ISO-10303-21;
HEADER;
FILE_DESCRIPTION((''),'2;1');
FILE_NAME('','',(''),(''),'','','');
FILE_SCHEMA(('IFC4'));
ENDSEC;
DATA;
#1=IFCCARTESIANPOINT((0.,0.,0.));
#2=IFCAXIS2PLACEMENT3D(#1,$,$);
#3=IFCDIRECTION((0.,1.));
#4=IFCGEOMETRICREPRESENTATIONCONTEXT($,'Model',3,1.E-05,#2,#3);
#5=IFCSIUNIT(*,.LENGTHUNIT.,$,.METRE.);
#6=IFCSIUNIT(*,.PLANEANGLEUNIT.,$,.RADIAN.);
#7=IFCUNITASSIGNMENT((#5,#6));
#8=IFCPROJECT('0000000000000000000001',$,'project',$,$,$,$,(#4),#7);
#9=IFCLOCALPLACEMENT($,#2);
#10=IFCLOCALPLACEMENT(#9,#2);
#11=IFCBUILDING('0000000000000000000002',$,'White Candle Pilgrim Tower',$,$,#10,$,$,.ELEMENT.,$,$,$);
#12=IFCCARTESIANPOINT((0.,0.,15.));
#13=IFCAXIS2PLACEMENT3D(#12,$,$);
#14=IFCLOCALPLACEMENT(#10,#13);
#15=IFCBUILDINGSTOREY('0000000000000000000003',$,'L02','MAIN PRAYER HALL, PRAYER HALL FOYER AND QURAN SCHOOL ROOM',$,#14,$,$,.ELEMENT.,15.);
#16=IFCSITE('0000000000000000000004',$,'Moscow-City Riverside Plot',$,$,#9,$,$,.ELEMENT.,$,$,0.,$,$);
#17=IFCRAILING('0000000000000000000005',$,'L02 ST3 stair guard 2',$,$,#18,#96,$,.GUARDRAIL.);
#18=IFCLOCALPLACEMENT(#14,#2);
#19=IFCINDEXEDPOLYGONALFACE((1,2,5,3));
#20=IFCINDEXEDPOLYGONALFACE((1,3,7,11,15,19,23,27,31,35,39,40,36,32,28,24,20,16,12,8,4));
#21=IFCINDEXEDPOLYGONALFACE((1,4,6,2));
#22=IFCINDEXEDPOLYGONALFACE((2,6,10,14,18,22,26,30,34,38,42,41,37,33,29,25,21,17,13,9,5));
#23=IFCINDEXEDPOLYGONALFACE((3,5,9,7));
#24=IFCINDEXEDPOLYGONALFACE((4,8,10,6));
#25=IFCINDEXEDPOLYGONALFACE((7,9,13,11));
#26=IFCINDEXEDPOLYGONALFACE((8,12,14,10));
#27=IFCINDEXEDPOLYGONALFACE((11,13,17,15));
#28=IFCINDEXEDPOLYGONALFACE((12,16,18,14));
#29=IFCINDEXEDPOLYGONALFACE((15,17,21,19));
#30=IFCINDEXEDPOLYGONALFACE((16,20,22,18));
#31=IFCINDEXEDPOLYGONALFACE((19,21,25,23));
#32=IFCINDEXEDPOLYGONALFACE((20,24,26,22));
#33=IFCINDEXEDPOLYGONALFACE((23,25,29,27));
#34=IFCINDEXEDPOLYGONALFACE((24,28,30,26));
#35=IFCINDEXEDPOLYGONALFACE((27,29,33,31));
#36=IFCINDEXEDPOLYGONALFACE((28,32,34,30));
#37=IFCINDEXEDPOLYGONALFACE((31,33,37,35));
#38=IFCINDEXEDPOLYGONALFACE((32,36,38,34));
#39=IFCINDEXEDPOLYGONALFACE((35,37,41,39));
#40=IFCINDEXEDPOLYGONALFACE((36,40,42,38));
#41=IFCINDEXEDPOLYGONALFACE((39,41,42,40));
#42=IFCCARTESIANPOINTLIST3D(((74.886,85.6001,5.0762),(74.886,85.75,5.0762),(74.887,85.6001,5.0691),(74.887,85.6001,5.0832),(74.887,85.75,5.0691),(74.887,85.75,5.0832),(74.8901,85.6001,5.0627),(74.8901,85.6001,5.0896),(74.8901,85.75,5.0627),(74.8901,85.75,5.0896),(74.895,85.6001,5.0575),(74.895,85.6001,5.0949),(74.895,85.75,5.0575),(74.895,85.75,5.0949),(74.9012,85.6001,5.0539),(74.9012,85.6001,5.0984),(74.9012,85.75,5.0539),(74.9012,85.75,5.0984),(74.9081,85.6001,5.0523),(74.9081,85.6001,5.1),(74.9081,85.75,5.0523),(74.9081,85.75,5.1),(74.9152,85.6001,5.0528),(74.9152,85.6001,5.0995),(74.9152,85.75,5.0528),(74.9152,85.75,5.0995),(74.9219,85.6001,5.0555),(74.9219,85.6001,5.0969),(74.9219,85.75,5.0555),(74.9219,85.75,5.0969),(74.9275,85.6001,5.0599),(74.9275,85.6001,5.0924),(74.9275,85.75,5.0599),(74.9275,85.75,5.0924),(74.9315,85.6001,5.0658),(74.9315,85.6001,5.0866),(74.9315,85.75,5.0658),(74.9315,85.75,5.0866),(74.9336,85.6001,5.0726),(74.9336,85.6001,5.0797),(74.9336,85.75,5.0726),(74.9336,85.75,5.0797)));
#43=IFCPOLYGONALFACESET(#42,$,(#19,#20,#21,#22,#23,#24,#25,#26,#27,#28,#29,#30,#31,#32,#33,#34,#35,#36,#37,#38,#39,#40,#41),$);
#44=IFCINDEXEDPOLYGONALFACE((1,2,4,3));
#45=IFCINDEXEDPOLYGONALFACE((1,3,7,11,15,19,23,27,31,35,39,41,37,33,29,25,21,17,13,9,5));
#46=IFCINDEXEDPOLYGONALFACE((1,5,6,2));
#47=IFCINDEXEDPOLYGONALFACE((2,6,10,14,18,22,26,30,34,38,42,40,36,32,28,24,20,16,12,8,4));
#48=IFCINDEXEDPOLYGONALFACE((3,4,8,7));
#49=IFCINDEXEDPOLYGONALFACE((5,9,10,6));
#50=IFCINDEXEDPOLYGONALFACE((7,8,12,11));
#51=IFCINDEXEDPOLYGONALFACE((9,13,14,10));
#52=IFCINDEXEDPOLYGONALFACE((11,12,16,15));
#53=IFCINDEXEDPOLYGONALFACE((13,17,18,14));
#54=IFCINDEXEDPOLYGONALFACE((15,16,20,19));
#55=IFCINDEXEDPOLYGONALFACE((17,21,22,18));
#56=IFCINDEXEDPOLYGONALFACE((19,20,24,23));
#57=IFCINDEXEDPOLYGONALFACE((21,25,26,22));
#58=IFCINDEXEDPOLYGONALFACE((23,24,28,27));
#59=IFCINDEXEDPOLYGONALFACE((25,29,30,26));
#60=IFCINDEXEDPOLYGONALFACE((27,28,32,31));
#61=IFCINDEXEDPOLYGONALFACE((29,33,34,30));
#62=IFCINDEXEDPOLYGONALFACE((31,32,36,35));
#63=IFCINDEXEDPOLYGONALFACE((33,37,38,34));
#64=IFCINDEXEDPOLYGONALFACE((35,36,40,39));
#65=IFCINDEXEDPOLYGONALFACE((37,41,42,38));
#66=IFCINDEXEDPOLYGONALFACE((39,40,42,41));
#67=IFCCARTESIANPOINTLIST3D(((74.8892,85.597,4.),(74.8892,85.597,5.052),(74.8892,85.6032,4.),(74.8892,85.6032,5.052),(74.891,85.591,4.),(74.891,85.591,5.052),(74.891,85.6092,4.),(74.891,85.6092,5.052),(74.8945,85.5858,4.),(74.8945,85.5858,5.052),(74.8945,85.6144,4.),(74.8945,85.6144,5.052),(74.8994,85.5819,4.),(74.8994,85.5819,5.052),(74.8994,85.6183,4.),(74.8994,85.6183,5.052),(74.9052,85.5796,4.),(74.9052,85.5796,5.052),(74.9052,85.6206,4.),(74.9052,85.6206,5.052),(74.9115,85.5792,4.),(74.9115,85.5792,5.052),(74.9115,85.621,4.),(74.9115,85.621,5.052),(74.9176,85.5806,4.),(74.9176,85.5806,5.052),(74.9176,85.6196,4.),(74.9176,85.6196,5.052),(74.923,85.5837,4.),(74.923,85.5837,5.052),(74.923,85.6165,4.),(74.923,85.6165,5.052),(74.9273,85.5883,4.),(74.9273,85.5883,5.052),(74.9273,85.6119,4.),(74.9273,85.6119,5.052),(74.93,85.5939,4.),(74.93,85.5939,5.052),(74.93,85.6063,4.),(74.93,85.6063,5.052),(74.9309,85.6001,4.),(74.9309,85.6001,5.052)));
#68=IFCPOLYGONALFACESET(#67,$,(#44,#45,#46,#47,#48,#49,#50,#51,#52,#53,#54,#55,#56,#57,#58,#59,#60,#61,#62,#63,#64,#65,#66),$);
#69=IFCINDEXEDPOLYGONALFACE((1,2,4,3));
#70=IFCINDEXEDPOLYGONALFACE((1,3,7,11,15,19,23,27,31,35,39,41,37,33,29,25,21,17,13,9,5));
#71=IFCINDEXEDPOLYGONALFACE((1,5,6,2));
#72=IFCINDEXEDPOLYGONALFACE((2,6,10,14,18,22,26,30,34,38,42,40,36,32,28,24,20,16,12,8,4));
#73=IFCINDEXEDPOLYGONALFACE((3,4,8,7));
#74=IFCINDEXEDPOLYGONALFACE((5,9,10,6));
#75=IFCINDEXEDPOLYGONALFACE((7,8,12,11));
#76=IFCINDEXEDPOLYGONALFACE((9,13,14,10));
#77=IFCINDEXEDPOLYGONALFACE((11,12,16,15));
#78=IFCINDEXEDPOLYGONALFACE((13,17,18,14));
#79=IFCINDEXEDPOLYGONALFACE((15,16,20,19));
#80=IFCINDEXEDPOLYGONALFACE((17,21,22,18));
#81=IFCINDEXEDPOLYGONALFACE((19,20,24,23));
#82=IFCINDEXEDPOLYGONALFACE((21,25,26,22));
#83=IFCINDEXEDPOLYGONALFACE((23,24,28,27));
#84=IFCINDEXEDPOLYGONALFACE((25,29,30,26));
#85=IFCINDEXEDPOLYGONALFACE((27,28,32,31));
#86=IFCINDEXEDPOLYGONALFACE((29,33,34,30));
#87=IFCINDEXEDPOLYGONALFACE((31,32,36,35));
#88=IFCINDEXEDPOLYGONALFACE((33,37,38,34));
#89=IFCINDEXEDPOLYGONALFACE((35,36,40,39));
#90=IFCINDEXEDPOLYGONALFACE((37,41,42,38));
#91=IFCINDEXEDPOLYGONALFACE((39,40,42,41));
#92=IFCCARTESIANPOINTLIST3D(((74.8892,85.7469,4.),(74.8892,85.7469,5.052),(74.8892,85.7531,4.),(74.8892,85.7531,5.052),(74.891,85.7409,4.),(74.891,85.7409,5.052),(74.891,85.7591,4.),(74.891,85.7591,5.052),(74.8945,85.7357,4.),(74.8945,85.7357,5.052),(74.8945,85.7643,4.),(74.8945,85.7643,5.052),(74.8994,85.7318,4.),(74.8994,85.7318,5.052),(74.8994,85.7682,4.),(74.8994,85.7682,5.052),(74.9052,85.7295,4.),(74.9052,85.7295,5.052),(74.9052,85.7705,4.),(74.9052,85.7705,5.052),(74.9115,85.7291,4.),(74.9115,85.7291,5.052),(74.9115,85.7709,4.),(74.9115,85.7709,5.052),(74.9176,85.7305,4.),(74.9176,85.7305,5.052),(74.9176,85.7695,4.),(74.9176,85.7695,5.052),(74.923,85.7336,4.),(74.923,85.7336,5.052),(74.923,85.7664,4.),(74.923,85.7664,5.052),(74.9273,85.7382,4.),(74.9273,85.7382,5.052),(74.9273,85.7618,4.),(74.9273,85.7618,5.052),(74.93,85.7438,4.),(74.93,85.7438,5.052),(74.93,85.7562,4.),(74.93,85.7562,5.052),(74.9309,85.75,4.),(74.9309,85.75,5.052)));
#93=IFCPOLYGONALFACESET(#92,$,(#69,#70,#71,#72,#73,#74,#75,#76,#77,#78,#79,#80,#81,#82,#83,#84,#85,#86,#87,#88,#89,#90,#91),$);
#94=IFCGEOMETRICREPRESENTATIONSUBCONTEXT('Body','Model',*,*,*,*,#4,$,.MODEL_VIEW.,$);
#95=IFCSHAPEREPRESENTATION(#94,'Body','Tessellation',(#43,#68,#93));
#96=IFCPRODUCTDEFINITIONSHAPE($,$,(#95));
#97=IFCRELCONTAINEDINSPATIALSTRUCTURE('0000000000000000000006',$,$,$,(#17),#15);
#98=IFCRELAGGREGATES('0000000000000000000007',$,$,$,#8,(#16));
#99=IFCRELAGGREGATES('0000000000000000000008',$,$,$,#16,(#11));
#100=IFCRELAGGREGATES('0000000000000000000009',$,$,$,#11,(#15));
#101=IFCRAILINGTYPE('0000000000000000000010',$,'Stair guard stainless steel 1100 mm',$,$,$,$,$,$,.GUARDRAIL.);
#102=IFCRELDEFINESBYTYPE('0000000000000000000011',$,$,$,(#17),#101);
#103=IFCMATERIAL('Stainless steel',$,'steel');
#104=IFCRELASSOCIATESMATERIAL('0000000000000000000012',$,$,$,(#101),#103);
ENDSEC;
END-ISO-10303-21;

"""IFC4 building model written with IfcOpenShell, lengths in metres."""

from ifc_helpers import new_model, si_unit, direction, frame, origin, origin_2d, place, context, subcontext, project, spatial, circle, extrude, material, type_object, element, save


model = new_model("IFC4")

# Units and contexts
model_context = context("Model", 3, precision=1e-05, world=origin(), true_north=direction((0.0, 1.0)))
body_context = subcontext(model_context, "Body", "Model", "MODEL_VIEW")
ifc_project = project(units=[si_unit("LENGTHUNIT", "METRE"), si_unit("PLANEANGLEUNIT", "RADIAN")], contexts=[model_context])

# Site, building, storey
site_placement = place(None, origin())
site = spatial("IfcSite", under=ifc_project, at=site_placement, Name="Moscow-City Riverside Plot", CompositionType="ELEMENT", RefElevation=0.0)
building_placement = place(site_placement, origin())
building = spatial("IfcBuilding", under=site, at=building_placement, Name="White Candle Pilgrim Tower", CompositionType="ELEMENT")
storey_placement = place(building_placement, frame((0.0, 0.0, 15.0)))
storey = spatial("IfcBuildingStorey", under=building, at=storey_placement, Name="L02", Description="MAIN PRAYER HALL, PRAYER HALL FOYER AND QURAN SCHOOL ROOM", CompositionType="ELEMENT", Elevation=15.0)

# Railing
ifc_material_1 = material(Name="Stainless steel", Category="steel")
railing_type_1 = type_object("IfcRailingType", Name="Stair guard stainless steel 1100 mm", PredefinedType="GUARDRAIL", material=ifc_material_1)
railing_1_placement = place(storey_placement, frame((74.9099, 85.6001, 4.0)))
element("IfcRailing", 1, at=railing_1_placement, inside=storey, type_object=railing_type_1, Name="L02 ST3 stair guard 2", PredefinedType="GUARDRAIL", context=body_context, shape_type="SweptSolid", body=[
    extrude(circle(Radius=0.0239, at=origin_2d()), frame((0.0, 0.0, 1.0762), z_axis=(0.0, 1.0, 0.0), x_axis=(-1.0, 0.0, 0.0)), (0.0, 0.0, 1.0), 0.1499),
    extrude(circle(Radius=0.021, at=origin_2d()), origin(), (0.0, 0.0, 1.0), 1.052),
    extrude(circle(Radius=0.021, at=origin_2d()), frame((0.0, 0.1499, 0.0)), (0.0, 0.0, 1.0), 1.052),
])

save(model, "model.ifc")
